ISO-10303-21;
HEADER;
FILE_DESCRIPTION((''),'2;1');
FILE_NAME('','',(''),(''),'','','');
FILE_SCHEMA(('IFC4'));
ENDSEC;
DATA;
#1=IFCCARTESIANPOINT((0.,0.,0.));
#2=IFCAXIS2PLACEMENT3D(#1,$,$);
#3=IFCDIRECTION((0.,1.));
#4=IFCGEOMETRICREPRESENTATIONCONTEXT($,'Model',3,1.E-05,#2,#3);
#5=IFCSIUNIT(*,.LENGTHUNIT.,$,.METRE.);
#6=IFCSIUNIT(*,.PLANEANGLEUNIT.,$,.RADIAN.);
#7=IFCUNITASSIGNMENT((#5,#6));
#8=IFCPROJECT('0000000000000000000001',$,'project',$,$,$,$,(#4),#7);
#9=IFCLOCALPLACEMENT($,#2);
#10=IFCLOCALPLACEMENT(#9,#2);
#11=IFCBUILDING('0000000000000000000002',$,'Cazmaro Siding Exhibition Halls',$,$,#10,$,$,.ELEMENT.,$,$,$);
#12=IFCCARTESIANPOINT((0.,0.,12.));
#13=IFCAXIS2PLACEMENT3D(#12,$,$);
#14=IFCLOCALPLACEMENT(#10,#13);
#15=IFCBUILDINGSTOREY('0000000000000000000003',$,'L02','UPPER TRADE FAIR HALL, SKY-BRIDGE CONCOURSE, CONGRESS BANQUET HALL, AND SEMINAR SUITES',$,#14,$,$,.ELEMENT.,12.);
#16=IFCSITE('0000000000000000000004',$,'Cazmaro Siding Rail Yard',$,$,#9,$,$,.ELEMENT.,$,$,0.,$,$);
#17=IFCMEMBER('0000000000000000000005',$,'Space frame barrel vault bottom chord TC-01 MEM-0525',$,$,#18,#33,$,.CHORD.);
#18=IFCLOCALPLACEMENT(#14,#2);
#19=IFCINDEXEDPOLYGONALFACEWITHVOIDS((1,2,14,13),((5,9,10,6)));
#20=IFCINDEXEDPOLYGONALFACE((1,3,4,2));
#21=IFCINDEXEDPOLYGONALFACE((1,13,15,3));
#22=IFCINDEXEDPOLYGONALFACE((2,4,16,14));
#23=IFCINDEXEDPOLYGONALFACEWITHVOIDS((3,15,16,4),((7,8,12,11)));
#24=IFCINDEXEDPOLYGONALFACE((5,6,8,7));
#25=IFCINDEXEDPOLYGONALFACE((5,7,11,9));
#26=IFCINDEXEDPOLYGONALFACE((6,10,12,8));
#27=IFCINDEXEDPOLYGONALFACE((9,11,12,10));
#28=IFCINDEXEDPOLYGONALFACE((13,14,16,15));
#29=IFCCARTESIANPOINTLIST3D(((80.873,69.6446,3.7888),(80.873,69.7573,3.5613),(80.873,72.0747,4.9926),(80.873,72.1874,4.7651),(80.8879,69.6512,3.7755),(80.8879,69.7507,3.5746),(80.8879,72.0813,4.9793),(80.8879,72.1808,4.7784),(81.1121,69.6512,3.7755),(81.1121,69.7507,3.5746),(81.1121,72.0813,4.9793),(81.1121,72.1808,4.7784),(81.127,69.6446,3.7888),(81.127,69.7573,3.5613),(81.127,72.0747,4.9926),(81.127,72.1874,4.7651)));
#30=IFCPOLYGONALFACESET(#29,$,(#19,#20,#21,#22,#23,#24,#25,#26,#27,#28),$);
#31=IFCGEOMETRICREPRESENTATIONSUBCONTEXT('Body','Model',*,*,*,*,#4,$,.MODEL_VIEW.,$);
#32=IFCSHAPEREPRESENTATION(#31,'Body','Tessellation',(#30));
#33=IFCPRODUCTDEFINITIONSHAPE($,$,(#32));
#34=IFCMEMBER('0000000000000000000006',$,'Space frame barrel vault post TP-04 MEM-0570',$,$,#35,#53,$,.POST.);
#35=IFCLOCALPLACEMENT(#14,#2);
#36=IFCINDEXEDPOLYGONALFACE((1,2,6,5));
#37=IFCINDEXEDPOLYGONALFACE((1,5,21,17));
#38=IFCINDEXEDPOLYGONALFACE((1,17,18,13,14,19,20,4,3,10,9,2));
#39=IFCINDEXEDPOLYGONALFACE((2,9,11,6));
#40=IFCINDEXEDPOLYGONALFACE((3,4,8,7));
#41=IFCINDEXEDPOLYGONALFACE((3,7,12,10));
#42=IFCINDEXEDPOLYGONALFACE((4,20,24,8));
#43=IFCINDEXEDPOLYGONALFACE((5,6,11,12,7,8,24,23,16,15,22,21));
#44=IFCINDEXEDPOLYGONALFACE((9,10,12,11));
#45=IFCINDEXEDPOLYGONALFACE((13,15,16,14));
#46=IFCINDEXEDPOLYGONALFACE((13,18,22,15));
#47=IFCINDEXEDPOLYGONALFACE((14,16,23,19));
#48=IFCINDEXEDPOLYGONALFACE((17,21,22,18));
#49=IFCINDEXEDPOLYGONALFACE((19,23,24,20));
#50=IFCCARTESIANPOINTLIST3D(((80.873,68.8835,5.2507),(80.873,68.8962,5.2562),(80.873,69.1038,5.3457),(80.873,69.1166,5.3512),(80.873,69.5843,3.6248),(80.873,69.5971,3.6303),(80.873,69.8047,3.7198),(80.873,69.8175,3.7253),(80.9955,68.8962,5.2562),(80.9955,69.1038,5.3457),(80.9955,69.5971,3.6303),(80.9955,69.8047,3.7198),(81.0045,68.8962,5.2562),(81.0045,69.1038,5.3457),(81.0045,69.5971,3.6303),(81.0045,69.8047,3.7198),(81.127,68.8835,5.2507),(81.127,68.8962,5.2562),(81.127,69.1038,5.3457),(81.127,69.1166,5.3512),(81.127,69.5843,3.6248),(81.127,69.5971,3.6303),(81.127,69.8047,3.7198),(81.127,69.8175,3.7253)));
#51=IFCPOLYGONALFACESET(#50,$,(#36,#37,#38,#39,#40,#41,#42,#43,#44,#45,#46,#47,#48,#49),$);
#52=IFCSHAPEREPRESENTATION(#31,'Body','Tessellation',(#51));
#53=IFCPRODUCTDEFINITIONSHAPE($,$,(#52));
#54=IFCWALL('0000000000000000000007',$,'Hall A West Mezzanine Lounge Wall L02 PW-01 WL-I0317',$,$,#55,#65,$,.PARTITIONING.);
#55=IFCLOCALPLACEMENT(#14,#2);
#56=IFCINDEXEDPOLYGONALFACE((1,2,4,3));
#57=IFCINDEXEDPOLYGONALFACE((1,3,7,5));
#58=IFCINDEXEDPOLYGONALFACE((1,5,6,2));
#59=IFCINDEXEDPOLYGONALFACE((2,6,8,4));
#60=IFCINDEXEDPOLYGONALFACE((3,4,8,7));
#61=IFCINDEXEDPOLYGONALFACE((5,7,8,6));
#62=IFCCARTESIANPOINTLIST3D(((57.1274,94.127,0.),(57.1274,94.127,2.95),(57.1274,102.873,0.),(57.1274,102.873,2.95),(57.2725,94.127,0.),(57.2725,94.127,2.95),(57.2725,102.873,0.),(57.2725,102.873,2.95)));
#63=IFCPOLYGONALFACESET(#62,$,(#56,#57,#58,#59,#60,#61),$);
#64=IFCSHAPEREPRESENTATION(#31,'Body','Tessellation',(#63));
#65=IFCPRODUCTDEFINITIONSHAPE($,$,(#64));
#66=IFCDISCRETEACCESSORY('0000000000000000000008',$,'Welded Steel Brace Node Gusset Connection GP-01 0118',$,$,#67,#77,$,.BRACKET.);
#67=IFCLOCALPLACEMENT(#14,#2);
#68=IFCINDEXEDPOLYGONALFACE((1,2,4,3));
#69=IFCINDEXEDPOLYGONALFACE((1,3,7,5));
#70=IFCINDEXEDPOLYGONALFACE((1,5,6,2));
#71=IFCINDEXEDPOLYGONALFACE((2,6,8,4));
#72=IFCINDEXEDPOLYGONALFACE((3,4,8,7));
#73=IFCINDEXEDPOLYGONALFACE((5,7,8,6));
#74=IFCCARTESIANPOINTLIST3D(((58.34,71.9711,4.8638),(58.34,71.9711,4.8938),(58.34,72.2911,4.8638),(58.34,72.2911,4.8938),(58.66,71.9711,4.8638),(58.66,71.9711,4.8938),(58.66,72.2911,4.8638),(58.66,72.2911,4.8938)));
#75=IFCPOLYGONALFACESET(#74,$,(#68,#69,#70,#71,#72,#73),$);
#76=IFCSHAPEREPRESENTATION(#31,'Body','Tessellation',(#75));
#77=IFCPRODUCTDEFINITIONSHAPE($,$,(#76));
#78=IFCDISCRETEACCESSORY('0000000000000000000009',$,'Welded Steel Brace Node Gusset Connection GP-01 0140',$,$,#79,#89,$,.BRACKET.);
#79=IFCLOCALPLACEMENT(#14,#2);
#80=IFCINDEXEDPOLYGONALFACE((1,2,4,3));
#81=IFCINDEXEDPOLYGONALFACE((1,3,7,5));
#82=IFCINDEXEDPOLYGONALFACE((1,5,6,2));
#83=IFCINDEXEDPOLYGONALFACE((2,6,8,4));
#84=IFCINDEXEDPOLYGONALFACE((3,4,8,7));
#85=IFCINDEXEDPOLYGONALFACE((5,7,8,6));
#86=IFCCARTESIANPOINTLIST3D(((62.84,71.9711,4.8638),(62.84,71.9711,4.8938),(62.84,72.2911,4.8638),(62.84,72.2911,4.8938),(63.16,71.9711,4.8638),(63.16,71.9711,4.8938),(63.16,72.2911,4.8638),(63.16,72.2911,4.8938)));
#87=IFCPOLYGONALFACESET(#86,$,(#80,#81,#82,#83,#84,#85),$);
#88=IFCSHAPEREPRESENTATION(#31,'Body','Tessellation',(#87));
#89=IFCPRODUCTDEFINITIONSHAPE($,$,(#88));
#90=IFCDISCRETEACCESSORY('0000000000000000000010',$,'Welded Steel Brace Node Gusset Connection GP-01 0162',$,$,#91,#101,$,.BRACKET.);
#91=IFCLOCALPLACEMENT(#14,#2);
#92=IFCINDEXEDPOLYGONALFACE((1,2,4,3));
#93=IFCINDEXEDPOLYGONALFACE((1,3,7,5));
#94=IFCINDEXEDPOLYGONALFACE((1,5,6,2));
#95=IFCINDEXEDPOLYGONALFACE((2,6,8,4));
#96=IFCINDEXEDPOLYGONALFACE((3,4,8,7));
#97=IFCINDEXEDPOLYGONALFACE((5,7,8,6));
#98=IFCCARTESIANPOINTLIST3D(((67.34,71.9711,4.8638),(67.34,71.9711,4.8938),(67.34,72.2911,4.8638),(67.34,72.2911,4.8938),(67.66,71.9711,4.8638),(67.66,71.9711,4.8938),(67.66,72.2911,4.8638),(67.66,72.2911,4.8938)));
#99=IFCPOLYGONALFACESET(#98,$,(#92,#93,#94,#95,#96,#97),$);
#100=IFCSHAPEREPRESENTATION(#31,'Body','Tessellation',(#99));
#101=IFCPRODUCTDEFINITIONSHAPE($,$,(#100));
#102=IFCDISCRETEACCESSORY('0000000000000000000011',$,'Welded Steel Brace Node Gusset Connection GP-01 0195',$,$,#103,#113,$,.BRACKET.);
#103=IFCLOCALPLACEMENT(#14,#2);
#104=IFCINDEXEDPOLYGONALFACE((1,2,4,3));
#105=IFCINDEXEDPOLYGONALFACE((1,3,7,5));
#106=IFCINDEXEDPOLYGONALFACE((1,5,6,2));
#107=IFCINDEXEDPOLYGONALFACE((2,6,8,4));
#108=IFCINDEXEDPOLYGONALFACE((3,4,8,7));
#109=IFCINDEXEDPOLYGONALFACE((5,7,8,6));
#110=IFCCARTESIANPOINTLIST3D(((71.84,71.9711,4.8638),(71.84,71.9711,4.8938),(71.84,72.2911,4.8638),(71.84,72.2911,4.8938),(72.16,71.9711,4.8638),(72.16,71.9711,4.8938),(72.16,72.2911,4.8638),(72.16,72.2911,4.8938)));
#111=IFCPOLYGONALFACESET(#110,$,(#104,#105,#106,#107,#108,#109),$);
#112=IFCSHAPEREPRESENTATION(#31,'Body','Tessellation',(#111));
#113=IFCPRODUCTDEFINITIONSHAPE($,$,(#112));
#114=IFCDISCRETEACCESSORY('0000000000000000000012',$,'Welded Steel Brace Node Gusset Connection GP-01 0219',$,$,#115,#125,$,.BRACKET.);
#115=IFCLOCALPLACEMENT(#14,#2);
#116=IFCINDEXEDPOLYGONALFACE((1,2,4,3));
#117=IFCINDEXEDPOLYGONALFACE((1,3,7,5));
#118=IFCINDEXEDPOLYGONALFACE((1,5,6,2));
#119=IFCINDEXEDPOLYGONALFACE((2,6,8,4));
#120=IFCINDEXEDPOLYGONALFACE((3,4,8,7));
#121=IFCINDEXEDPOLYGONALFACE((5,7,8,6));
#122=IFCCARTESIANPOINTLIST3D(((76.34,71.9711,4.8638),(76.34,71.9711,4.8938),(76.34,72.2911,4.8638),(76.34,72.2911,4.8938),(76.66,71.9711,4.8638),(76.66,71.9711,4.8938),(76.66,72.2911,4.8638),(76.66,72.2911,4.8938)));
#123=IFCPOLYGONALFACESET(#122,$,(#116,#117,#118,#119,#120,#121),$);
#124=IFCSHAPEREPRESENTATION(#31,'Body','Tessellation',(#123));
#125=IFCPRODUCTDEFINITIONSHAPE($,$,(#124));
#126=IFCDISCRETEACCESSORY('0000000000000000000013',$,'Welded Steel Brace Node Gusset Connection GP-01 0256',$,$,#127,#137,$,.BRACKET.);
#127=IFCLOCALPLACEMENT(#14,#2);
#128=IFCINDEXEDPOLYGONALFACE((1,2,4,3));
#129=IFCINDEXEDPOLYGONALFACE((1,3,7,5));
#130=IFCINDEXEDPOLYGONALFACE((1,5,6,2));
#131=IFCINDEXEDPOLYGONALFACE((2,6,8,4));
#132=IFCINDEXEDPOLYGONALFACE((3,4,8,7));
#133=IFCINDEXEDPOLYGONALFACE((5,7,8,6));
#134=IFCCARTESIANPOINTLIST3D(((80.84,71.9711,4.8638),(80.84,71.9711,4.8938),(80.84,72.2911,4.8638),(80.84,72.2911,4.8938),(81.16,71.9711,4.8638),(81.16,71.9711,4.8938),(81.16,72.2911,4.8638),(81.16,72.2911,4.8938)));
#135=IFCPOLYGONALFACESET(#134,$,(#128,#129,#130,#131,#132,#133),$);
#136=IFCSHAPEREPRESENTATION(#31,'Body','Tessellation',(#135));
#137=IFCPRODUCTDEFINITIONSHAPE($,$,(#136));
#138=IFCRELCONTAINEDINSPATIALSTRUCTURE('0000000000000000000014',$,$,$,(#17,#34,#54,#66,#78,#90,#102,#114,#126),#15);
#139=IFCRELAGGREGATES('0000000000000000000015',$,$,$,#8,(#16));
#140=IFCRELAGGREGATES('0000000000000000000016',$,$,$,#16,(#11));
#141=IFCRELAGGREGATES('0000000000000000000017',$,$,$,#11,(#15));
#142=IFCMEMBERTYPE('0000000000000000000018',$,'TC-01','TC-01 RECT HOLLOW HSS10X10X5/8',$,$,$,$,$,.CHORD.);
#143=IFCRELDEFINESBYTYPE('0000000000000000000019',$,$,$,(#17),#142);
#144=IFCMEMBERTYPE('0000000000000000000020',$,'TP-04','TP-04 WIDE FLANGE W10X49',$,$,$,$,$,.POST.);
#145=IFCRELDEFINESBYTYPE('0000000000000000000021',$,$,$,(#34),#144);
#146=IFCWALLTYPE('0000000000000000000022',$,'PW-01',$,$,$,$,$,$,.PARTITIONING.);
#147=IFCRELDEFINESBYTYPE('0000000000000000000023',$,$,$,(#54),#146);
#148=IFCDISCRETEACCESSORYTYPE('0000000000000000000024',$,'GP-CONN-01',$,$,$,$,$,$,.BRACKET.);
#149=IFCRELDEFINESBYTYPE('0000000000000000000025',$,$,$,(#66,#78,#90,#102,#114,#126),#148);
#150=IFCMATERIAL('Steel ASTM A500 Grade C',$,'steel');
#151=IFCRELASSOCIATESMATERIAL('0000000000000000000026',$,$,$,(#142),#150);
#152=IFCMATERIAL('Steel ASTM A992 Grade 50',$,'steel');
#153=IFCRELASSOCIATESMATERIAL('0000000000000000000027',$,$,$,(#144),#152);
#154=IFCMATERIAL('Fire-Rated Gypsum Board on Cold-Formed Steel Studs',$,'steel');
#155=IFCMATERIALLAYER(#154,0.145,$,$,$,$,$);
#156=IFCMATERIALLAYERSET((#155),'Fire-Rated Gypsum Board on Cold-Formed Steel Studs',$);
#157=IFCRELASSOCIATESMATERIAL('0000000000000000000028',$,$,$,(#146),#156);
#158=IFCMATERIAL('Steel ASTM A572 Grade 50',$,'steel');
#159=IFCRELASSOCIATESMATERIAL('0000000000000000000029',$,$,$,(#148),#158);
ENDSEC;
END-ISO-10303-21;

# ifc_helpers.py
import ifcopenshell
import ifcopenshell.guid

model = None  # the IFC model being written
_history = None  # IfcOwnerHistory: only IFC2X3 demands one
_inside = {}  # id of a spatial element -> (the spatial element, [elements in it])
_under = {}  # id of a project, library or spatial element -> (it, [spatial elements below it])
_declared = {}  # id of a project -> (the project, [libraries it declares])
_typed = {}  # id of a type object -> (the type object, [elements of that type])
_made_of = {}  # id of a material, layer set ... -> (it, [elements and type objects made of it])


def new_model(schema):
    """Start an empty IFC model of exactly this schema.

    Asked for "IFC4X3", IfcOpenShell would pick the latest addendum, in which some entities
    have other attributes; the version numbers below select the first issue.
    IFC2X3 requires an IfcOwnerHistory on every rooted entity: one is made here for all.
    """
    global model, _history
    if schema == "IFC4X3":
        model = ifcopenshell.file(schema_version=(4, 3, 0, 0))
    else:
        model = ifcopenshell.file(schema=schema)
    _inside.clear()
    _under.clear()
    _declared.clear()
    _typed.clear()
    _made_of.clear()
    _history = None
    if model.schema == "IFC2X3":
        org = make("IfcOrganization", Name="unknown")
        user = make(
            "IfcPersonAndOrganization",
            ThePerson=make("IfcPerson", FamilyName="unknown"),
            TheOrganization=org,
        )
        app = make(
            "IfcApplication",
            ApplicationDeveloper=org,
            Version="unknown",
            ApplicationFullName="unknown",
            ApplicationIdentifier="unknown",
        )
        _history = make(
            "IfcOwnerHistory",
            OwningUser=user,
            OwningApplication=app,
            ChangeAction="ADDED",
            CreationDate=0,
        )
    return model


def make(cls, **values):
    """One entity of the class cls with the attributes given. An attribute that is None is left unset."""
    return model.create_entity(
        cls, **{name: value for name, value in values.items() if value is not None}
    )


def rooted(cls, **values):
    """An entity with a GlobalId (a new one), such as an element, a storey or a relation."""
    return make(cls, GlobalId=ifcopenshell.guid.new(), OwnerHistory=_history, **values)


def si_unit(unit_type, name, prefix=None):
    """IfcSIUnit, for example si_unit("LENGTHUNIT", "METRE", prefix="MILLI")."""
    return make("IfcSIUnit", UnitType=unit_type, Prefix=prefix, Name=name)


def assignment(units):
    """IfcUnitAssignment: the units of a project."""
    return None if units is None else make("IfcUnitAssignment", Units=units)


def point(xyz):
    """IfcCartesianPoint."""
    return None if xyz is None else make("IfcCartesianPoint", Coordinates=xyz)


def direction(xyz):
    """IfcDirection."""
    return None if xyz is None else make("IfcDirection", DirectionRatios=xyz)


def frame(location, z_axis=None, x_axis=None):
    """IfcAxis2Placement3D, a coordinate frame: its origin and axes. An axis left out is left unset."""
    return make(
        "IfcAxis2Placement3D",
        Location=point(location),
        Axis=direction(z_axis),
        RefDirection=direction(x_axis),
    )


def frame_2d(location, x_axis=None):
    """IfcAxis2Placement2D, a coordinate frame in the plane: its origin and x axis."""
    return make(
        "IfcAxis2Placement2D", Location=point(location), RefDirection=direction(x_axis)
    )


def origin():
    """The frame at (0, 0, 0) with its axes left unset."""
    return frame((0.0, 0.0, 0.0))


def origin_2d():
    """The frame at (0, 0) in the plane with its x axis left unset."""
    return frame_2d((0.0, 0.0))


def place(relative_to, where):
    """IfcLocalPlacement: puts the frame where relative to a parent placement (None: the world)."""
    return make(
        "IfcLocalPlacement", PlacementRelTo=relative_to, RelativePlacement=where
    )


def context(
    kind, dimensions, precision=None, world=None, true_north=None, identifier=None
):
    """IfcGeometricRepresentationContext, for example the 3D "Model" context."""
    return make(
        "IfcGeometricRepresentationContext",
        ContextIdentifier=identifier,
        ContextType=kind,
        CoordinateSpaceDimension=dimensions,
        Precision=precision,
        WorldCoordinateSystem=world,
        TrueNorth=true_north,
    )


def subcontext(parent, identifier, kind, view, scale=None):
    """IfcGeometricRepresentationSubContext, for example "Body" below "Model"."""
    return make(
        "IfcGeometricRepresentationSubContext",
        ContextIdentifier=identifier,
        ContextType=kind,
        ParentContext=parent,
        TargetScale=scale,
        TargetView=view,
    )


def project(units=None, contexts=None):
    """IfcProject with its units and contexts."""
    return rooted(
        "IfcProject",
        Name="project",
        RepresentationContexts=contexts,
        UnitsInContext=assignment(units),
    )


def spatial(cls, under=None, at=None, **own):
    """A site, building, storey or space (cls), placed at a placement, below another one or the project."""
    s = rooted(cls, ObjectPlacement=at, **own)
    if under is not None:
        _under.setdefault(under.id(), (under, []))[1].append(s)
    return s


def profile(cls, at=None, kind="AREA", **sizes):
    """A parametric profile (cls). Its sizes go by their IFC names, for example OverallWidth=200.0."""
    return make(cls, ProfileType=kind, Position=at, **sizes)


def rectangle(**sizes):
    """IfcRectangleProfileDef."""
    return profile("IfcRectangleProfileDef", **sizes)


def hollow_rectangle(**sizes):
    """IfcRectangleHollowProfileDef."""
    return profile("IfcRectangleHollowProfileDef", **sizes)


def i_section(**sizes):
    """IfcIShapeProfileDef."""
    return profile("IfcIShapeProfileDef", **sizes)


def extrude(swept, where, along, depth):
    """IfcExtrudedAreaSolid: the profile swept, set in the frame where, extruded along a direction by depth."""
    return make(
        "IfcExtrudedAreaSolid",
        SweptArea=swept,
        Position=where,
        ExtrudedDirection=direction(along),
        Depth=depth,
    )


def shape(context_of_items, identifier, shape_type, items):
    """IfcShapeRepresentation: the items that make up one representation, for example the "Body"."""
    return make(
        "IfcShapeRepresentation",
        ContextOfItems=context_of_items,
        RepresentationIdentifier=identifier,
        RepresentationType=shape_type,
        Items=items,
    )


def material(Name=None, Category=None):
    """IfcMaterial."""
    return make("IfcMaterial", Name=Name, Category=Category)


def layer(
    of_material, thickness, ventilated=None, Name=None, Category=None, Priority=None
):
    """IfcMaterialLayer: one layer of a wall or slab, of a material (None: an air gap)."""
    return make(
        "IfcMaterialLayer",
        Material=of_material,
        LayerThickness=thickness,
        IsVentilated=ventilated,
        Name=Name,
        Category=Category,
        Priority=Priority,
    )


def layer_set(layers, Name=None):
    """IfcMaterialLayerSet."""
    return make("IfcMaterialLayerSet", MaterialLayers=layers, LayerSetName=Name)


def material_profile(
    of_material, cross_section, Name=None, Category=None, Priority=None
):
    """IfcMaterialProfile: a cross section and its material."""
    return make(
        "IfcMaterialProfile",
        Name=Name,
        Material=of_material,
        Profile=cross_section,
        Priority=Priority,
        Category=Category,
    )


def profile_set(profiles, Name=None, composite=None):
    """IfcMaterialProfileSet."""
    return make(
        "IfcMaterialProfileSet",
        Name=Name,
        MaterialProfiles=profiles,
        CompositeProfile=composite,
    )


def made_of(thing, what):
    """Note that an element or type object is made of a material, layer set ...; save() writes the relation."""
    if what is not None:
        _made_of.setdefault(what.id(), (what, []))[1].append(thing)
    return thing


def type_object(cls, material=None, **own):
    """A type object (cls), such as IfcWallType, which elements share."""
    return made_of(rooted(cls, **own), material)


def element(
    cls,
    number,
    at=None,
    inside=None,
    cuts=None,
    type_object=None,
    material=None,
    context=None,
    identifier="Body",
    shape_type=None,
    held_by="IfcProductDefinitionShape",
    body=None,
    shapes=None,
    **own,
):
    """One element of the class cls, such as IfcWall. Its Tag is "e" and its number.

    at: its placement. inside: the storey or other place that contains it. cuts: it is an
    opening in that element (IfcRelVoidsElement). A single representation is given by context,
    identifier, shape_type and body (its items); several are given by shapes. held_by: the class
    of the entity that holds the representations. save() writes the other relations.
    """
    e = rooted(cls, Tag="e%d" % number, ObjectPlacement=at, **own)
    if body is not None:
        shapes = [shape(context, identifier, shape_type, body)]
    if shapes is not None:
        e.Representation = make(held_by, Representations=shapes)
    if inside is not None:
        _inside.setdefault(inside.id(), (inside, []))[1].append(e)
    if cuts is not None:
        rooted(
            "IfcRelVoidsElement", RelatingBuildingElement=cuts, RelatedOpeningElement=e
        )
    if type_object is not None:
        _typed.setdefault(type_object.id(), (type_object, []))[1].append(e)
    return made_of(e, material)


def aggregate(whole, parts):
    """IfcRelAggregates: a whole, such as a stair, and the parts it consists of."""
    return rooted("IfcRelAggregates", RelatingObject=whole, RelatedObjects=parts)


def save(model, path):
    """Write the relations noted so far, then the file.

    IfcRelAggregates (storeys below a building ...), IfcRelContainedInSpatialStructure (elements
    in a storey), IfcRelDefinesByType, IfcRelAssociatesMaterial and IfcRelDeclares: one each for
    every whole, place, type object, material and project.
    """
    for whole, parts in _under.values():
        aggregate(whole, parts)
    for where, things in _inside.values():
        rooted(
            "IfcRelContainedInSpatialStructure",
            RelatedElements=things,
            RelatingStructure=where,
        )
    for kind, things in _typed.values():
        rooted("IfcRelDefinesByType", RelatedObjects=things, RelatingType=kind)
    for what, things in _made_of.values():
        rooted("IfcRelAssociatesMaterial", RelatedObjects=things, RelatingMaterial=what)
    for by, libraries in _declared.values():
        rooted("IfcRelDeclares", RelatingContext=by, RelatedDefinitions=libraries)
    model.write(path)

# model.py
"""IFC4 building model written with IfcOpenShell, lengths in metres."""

from ifc_helpers import new_model, si_unit, direction, frame, frame_2d, origin, origin_2d, place, context, subcontext, project, spatial, rectangle, hollow_rectangle, i_section, extrude, material, layer, layer_set, material_profile, profile_set, type_object, element, save


model = new_model("IFC4")

# Units and contexts
model_context = context("Model", 3, precision=1e-05, world=origin(), true_north=direction((0.0, 1.0)))
body_context = subcontext(model_context, "Body", "Model", "MODEL_VIEW")
ifc_project = project(units=[si_unit("LENGTHUNIT", "METRE"), si_unit("PLANEANGLEUNIT", "RADIAN")], contexts=[model_context])

# Site, building, storey
site_placement = place(None, origin())
site = spatial("IfcSite", under=ifc_project, at=site_placement, Name="Cazmaro Siding Rail Yard", CompositionType="ELEMENT", RefElevation=0.0)
building_placement = place(site_placement, origin())
building = spatial("IfcBuilding", under=site, at=building_placement, Name="Cazmaro Siding Exhibition Halls", CompositionType="ELEMENT")
storey_placement = place(building_placement, frame((0.0, 0.0, 12.0)))
storey = spatial("IfcBuildingStorey", under=building, at=storey_placement, Name="L02", Description="UPPER TRADE FAIR HALL, SKY-BRIDGE CONCOURSE, CONGRESS BANQUET HALL, AND SEMINAR SUITES", CompositionType="ELEMENT", Elevation=12.0)

# Members
ifc_material_1 = material(Name="Steel ASTM A500 Grade C", Category="steel")
ifc_material_profile_1 = material_profile(ifc_material_1, hollow_rectangle(XDim=0.2539, YDim=0.2539, WallThickness=0.0149, at=origin_2d()), Name="HSS10X10X5/8")
ifc_profile_set_1 = profile_set([ifc_material_profile_1], Name="Steel ASTM A500 Grade C")
member_type_1 = type_object("IfcMemberType", Name="TC-01", Description="TC-01 RECT HOLLOW HSS10X10X5/8", PredefinedType="CHORD", material=ifc_profile_set_1)
member_1_placement = place(storey_placement, frame((81.0, 69.7009, 3.675), z_axis=(0.0, 0.896077, 0.443898), x_axis=(-1.0, 0.0, 0.0)))
element("IfcMember", 1, at=member_1_placement, inside=storey, type_object=member_type_1, Name="Space frame barrel vault bottom chord TC-01 MEM-0525", PredefinedType="CHORD", context=body_context, shape_type="SweptSolid", body=[
    extrude(hollow_rectangle(XDim=0.2539, YDim=0.2539, WallThickness=0.0149, at=origin_2d()), origin(), (0.0, 0.0, 1.0), 2.7119),
])
ifc_material_2 = material(Name="Steel ASTM A992 Grade 50", Category="steel")
ifc_material_profile_2 = material_profile(ifc_material_2, i_section(OverallWidth=0.2539, OverallDepth=0.2539, WebThickness=0.009, FlangeThickness=0.0139, at=origin_2d()), Name="W10X49")
ifc_profile_set_2 = profile_set([ifc_material_profile_2], Name="Steel ASTM A992 Grade 50")
member_type_2 = type_object("IfcMemberType", Name="TP-04", Description="TP-04 WIDE FLANGE W10X49", PredefinedType="POST", material=ifc_profile_set_2)
member_2_placement = place(storey_placement, frame((81.0, 69.7009, 3.675), z_axis=(0.0, -0.395865, 0.918309), x_axis=(1.0, 0.0, 0.0)))
element("IfcMember", 2, at=member_2_placement, inside=storey, type_object=member_type_2, Name="Space frame barrel vault post TP-04 MEM-0570", PredefinedType="POST", context=body_context, shape_type="SweptSolid", body=[
    extrude(i_section(OverallWidth=0.2539, OverallDepth=0.2539, WebThickness=0.009, FlangeThickness=0.0139, at=origin_2d()), origin(), (0.0, 0.0, 1.0), 1.7705),
])

# Wall
ifc_material_3 = material(Name="Fire-Rated Gypsum Board on Cold-Formed Steel Studs", Category="steel")
ifc_layer = layer(ifc_material_3, 0.145)
ifc_layer_set = layer_set([ifc_layer], Name="Fire-Rated Gypsum Board on Cold-Formed Steel Studs")
wall_type = type_object("IfcWallType", Name="PW-01", PredefinedType="PARTITIONING", material=ifc_layer_set)
wall_placement = place(storey_placement, frame((57.2, 94.127, 0.0), z_axis=(0.0, 0.0, 1.0), x_axis=(0.0, 1.0, 0.0)))
element("IfcWall", 3, at=wall_placement, inside=storey, type_object=wall_type, Name="Hall A West Mezzanine Lounge Wall L02 PW-01 WL-I0317", PredefinedType="PARTITIONING", context=body_context, shape_type="SweptSolid", body=[
    extrude(rectangle(XDim=8.7461, YDim=0.145, at=frame_2d((4.373, 0.0))), origin(), (0.0, 0.0, 1.0), 2.95),
])

# Discrete accessories
ifc_material_4 = material(Name="Steel ASTM A572 Grade 50", Category="steel")
discrete_accessory_type = type_object("IfcDiscreteAccessoryType", Name="GP-CONN-01", PredefinedType="BRACKET", material=ifc_material_4)
for number, where, z_axis, x_axis, name in (
    (4, (58.5, 72.1311, 4.8638), (0.0, 0.0, 1.0), (1.0, 0.0, 0.0), "Welded Steel Brace Node Gusset Connection GP-01 0118"),
    (5, (63.0, 72.1311, 4.8638), (0.0, 0.0, 1.0), (1.0, 0.0, 0.0), "Welded Steel Brace Node Gusset Connection GP-01 0140"),
    (6, (67.5, 72.1311, 4.8638), (0.0, 0.0, 1.0), (1.0, 0.0, 0.0), "Welded Steel Brace Node Gusset Connection GP-01 0162"),
    (7, (72.0, 72.1311, 4.8638), (0.0, 0.0, 1.0), (1.0, 0.0, 0.0), "Welded Steel Brace Node Gusset Connection GP-01 0195"),
    (8, (76.5, 72.1311, 4.8638), (0.0, 0.0, 1.0), (1.0, 0.0, 0.0), "Welded Steel Brace Node Gusset Connection GP-01 0219"),
    (9, (81.0, 72.1311, 4.8638), (0.0, 0.0, 1.0), (1.0, 0.0, 0.0), "Welded Steel Brace Node Gusset Connection GP-01 0256"),
):
    element("IfcDiscreteAccessory", number, at=place(storey_placement, frame(where, z_axis=z_axis, x_axis=x_axis)), inside=storey, type_object=discrete_accessory_type, Name=name, PredefinedType="BRACKET", context=body_context, shape_type="SweptSolid", body=[
        extrude(rectangle(XDim=0.3201, YDim=0.3201, at=origin_2d()), origin(), (0.0, 0.0, 1.0), 0.03),
    ])

save(model, "model.ifc")
